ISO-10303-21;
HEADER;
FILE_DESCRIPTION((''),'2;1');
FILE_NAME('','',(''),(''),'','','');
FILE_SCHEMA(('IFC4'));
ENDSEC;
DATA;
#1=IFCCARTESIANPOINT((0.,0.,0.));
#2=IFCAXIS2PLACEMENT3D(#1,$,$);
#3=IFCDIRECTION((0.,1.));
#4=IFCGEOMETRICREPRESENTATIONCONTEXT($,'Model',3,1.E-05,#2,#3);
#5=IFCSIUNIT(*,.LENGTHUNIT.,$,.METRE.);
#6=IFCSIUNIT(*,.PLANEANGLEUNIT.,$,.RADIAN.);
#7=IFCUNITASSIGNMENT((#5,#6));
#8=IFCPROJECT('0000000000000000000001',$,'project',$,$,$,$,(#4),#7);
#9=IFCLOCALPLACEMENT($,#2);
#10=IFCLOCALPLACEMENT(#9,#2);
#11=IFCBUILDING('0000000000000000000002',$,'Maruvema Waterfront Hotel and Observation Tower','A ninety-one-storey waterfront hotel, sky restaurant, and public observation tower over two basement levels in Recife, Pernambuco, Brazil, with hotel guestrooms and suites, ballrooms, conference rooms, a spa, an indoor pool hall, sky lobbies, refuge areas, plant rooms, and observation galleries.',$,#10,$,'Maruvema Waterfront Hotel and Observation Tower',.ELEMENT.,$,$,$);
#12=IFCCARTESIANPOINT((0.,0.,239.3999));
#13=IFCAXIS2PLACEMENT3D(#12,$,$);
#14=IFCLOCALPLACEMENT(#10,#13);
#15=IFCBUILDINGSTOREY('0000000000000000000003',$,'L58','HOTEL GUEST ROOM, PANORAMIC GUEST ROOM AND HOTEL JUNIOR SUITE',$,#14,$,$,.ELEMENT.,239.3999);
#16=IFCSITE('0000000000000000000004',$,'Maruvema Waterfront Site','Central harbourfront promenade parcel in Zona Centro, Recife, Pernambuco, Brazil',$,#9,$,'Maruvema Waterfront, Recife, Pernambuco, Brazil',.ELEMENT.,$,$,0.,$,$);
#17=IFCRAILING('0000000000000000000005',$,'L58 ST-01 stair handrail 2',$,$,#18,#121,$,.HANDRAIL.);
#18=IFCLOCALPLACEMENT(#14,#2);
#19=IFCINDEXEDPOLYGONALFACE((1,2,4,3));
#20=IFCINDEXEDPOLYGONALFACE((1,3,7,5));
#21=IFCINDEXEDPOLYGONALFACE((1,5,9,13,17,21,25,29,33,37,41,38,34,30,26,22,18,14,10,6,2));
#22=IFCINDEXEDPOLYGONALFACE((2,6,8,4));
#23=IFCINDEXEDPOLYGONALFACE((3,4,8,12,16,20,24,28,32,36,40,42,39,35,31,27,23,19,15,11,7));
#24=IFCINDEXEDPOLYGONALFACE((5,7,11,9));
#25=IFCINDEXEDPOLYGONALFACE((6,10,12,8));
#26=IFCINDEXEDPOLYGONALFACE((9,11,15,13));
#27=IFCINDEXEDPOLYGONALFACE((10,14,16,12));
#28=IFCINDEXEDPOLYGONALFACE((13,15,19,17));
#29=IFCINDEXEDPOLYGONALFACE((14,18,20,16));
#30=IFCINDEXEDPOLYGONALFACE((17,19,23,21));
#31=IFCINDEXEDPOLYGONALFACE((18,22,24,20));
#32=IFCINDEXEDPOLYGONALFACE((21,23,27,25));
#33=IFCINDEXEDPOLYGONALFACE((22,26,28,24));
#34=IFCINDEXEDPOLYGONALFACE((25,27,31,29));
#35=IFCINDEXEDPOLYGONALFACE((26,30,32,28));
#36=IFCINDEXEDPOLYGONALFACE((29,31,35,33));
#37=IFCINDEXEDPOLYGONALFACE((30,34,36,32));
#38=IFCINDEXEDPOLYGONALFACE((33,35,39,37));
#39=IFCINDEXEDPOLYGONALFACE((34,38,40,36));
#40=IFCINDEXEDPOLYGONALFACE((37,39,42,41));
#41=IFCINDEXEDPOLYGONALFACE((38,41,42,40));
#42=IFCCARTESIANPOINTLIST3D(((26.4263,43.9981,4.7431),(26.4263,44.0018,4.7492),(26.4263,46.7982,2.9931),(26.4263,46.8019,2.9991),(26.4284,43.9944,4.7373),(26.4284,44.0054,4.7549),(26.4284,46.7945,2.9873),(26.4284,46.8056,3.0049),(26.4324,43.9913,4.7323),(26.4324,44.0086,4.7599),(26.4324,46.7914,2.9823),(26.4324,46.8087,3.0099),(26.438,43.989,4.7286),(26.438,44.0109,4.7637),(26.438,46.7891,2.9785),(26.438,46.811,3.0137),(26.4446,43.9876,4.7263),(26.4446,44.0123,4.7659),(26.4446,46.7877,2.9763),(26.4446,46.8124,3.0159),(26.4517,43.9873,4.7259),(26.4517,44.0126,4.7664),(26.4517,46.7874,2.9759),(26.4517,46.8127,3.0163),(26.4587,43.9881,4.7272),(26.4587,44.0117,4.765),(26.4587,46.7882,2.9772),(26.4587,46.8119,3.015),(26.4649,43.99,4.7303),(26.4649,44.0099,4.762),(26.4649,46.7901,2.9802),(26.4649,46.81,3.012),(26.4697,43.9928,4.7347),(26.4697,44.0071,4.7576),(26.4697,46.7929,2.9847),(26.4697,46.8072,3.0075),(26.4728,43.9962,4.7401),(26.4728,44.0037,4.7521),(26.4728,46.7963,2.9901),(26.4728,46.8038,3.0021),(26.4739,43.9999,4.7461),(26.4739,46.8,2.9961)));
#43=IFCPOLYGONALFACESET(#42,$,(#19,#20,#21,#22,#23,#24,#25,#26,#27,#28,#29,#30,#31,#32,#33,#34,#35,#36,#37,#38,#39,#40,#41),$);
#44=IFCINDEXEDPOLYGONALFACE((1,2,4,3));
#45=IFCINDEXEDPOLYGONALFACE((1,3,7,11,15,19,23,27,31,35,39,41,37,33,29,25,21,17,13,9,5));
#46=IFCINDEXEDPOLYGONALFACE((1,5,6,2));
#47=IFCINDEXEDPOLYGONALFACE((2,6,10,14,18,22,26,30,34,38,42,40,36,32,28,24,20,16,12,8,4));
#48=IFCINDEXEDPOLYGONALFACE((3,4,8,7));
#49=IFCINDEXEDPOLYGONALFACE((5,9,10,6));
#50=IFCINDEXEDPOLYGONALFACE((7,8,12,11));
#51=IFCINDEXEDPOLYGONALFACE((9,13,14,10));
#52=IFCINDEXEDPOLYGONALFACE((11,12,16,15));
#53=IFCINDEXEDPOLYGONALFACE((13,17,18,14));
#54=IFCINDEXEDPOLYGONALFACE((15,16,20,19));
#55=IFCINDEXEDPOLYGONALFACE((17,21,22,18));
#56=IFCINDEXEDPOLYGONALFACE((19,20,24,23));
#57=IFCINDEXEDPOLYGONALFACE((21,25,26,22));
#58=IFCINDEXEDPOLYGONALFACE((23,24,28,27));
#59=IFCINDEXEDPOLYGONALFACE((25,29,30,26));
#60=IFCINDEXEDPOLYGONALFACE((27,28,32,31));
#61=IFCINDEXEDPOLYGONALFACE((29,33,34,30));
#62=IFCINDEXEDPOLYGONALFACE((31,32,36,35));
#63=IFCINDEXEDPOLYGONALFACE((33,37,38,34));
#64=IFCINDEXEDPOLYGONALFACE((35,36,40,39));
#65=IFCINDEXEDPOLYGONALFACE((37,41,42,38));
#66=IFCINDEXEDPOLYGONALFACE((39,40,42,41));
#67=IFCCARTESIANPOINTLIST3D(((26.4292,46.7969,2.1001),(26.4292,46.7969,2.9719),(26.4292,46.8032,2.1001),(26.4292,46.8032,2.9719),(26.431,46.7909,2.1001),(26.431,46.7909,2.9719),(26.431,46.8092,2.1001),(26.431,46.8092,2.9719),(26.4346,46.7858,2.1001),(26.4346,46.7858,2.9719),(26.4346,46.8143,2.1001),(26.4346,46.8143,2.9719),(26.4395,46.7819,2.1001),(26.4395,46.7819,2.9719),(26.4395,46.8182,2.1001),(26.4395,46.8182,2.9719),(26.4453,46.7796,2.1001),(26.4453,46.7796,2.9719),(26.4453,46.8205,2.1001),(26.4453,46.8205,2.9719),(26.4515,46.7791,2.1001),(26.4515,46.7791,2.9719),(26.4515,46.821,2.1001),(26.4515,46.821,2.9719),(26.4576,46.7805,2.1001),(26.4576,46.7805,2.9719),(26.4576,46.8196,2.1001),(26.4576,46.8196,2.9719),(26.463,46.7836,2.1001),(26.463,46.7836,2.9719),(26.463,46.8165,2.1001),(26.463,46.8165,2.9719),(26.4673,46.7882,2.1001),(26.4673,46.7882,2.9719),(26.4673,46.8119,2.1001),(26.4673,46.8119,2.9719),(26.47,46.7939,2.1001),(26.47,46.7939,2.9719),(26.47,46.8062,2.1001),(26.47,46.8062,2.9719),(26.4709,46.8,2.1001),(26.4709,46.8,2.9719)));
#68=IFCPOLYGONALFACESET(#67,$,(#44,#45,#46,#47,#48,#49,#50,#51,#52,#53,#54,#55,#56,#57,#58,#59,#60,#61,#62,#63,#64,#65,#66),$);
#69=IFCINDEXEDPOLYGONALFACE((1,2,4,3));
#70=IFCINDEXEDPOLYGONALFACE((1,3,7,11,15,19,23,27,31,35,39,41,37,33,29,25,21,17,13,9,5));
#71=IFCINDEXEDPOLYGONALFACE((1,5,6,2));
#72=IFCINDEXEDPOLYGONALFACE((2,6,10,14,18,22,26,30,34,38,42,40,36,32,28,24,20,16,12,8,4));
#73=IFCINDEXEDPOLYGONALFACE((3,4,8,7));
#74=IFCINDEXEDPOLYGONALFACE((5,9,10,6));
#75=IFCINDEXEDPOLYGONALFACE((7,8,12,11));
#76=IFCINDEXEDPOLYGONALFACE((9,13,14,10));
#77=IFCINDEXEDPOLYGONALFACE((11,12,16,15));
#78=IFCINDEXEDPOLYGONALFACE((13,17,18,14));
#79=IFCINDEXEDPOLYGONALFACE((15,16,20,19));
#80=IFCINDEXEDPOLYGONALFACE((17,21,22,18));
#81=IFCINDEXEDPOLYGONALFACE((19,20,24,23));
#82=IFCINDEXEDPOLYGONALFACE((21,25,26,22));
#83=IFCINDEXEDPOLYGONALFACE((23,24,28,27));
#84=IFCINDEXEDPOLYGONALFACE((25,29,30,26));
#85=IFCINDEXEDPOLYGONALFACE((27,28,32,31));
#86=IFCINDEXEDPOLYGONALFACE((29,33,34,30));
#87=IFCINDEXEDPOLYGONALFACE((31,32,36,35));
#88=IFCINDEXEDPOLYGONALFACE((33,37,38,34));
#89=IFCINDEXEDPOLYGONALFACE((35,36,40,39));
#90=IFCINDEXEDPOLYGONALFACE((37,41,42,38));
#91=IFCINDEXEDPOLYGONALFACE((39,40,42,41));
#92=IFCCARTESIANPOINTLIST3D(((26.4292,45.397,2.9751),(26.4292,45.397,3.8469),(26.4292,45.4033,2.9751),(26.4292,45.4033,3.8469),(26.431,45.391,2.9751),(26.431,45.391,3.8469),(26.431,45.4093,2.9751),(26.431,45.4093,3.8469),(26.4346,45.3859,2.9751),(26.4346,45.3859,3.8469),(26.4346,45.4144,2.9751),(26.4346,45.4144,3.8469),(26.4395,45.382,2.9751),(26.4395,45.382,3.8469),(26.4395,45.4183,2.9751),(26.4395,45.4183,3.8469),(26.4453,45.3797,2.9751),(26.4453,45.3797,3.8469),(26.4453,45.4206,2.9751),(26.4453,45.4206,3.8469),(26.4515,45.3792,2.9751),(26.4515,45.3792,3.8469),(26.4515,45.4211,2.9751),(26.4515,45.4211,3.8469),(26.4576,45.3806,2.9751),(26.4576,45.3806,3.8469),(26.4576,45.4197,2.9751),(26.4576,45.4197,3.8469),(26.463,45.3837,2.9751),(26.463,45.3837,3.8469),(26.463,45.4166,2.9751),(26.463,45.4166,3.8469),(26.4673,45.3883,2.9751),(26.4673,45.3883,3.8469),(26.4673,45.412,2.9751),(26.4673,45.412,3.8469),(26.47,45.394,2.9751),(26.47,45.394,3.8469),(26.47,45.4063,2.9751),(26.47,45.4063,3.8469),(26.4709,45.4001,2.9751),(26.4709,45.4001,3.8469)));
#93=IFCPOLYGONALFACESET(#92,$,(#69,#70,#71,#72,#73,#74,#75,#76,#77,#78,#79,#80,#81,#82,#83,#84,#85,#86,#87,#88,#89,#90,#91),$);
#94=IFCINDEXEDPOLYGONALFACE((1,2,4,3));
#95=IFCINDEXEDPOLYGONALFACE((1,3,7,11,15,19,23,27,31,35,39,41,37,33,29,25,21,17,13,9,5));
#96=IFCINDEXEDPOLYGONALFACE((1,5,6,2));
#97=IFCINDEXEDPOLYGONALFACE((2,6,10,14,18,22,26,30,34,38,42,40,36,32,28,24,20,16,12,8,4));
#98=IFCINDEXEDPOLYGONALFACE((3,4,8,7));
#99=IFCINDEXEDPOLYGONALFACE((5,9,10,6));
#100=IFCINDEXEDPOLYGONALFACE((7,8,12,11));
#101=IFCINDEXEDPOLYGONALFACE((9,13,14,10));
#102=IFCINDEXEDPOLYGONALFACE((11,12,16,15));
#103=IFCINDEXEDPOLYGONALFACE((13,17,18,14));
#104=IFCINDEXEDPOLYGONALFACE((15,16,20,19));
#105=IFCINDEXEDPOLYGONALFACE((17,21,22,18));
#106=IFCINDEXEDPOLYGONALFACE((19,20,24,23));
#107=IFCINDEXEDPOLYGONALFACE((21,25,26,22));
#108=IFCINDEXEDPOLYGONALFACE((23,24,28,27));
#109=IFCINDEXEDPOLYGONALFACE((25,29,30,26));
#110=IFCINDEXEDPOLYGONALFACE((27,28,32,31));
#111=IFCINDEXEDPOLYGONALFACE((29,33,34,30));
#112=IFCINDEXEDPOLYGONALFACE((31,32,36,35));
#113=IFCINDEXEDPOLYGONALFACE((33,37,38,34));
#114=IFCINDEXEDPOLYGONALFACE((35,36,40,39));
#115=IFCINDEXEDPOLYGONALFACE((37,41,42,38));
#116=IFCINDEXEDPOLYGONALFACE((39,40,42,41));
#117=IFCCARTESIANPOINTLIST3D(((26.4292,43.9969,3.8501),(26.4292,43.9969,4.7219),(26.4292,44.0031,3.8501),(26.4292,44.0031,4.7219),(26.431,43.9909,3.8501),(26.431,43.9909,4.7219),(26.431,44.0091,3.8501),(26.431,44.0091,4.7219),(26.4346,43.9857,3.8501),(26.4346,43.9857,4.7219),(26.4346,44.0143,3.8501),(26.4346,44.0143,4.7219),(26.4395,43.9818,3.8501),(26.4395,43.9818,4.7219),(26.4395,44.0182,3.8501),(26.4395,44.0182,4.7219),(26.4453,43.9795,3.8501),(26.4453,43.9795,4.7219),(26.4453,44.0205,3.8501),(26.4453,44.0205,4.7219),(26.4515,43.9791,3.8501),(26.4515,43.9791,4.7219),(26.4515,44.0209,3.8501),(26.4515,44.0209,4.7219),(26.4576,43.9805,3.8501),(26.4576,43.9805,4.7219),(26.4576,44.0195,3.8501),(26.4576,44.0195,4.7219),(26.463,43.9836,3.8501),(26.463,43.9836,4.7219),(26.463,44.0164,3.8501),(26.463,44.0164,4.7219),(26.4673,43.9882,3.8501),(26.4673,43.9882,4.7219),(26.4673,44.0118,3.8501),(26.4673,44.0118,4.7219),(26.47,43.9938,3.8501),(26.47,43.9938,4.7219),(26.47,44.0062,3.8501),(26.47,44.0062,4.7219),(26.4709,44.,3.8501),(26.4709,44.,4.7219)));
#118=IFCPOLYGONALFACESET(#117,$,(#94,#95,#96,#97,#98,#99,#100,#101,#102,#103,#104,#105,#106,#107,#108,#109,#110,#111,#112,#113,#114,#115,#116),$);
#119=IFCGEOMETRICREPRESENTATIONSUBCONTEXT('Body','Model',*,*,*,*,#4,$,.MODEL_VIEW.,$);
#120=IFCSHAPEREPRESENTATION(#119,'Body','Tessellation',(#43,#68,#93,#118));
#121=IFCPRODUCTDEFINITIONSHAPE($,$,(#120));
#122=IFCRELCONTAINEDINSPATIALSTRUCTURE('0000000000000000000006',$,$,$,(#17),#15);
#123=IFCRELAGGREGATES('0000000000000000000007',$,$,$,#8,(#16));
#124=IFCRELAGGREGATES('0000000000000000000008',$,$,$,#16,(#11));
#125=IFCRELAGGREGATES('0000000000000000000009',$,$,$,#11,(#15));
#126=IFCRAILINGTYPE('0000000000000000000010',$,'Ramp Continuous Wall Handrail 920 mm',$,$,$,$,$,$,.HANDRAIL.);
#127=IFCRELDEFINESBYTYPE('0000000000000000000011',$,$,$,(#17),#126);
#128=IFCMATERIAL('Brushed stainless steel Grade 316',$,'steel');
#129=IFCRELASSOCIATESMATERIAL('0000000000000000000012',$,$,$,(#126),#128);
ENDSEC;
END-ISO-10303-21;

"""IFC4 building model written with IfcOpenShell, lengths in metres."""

from ifc_helpers import new_model, si_unit, direction, frame, origin, origin_2d, place, context, subcontext, project, spatial, circle, extrude, material, type_object, element, save


model = new_model("IFC4")

# Units and contexts
model_context = context("Model", 3, precision=1e-05, world=origin(), true_north=direction((0.0, 1.0)))
body_context = subcontext(model_context, "Body", "Model", "MODEL_VIEW")
ifc_project = project(units=[si_unit("LENGTHUNIT", "METRE"), si_unit("PLANEANGLEUNIT", "RADIAN")], contexts=[model_context])

# Site, building, storey
site_placement = place(None, origin())
site = spatial("IfcSite", under=ifc_project, at=site_placement, Name="Maruvema Waterfront Site", Description="Central harbourfront promenade parcel in Zona Centro, Recife, Pernambuco, Brazil", LongName="Maruvema Waterfront, Recife, Pernambuco, Brazil", CompositionType="ELEMENT", RefElevation=0.0)
building_placement = place(site_placement, origin())
building = spatial("IfcBuilding", under=site, at=building_placement, Name="Maruvema Waterfront Hotel and Observation Tower", Description="A ninety-one-storey waterfront hotel, sky restaurant, and public observation tower over two basement levels in Recife, Pernambuco, Brazil, with hotel guestrooms and suites, ballrooms, conference rooms, a spa, an indoor pool hall, sky lobbies, refuge areas, plant rooms, and observation galleries.", LongName="Maruvema Waterfront Hotel and Observation Tower", CompositionType="ELEMENT")
storey_placement = place(building_placement, frame((0.0, 0.0, 239.3999)))
storey = spatial("IfcBuildingStorey", under=building, at=storey_placement, Name="L58", Description="HOTEL GUEST ROOM, PANORAMIC GUEST ROOM AND HOTEL JUNIOR SUITE", CompositionType="ELEMENT", Elevation=239.3999)

# Railing
ifc_material_1 = material(Name="Brushed stainless steel Grade 316", Category="steel")
railing_type_1 = type_object("IfcRailingType", Name="Ramp Continuous Wall Handrail 920 mm", PredefinedType="HANDRAIL", material=ifc_material_1)
railing_1_placement = place(storey_placement, frame((26.45, 46.8, 2.1001)))
element("IfcRailing", 1, at=railing_1_placement, inside=storey, type_object=railing_type_1, Name="L58 ST-01 stair handrail 2", PredefinedType="HANDRAIL", context=body_context, shape_type="SweptSolid", body=[
    extrude(circle(Radius=0.0239, at=origin_2d()), frame((0.0, 0.0, 0.896), z_axis=(0.0, -0.848002, 0.529992), x_axis=(1.0, 0.0, 0.0)), (0.0, 0.0, 1.0), 3.302),
    extrude(circle(Radius=0.021, at=origin_2d()), origin(), (0.0, 0.0, 1.0), 0.8718),
    extrude(circle(Radius=0.021, at=origin_2d()), frame((0.0, -1.3999, 0.875)), (0.0, 0.0, 1.0), 0.8718),
    extrude(circle(Radius=0.021, at=origin_2d()), frame((0.0, -2.8, 1.75)), (0.0, 0.0, 1.0), 0.8718),
])

save(model, "model.ifc")
